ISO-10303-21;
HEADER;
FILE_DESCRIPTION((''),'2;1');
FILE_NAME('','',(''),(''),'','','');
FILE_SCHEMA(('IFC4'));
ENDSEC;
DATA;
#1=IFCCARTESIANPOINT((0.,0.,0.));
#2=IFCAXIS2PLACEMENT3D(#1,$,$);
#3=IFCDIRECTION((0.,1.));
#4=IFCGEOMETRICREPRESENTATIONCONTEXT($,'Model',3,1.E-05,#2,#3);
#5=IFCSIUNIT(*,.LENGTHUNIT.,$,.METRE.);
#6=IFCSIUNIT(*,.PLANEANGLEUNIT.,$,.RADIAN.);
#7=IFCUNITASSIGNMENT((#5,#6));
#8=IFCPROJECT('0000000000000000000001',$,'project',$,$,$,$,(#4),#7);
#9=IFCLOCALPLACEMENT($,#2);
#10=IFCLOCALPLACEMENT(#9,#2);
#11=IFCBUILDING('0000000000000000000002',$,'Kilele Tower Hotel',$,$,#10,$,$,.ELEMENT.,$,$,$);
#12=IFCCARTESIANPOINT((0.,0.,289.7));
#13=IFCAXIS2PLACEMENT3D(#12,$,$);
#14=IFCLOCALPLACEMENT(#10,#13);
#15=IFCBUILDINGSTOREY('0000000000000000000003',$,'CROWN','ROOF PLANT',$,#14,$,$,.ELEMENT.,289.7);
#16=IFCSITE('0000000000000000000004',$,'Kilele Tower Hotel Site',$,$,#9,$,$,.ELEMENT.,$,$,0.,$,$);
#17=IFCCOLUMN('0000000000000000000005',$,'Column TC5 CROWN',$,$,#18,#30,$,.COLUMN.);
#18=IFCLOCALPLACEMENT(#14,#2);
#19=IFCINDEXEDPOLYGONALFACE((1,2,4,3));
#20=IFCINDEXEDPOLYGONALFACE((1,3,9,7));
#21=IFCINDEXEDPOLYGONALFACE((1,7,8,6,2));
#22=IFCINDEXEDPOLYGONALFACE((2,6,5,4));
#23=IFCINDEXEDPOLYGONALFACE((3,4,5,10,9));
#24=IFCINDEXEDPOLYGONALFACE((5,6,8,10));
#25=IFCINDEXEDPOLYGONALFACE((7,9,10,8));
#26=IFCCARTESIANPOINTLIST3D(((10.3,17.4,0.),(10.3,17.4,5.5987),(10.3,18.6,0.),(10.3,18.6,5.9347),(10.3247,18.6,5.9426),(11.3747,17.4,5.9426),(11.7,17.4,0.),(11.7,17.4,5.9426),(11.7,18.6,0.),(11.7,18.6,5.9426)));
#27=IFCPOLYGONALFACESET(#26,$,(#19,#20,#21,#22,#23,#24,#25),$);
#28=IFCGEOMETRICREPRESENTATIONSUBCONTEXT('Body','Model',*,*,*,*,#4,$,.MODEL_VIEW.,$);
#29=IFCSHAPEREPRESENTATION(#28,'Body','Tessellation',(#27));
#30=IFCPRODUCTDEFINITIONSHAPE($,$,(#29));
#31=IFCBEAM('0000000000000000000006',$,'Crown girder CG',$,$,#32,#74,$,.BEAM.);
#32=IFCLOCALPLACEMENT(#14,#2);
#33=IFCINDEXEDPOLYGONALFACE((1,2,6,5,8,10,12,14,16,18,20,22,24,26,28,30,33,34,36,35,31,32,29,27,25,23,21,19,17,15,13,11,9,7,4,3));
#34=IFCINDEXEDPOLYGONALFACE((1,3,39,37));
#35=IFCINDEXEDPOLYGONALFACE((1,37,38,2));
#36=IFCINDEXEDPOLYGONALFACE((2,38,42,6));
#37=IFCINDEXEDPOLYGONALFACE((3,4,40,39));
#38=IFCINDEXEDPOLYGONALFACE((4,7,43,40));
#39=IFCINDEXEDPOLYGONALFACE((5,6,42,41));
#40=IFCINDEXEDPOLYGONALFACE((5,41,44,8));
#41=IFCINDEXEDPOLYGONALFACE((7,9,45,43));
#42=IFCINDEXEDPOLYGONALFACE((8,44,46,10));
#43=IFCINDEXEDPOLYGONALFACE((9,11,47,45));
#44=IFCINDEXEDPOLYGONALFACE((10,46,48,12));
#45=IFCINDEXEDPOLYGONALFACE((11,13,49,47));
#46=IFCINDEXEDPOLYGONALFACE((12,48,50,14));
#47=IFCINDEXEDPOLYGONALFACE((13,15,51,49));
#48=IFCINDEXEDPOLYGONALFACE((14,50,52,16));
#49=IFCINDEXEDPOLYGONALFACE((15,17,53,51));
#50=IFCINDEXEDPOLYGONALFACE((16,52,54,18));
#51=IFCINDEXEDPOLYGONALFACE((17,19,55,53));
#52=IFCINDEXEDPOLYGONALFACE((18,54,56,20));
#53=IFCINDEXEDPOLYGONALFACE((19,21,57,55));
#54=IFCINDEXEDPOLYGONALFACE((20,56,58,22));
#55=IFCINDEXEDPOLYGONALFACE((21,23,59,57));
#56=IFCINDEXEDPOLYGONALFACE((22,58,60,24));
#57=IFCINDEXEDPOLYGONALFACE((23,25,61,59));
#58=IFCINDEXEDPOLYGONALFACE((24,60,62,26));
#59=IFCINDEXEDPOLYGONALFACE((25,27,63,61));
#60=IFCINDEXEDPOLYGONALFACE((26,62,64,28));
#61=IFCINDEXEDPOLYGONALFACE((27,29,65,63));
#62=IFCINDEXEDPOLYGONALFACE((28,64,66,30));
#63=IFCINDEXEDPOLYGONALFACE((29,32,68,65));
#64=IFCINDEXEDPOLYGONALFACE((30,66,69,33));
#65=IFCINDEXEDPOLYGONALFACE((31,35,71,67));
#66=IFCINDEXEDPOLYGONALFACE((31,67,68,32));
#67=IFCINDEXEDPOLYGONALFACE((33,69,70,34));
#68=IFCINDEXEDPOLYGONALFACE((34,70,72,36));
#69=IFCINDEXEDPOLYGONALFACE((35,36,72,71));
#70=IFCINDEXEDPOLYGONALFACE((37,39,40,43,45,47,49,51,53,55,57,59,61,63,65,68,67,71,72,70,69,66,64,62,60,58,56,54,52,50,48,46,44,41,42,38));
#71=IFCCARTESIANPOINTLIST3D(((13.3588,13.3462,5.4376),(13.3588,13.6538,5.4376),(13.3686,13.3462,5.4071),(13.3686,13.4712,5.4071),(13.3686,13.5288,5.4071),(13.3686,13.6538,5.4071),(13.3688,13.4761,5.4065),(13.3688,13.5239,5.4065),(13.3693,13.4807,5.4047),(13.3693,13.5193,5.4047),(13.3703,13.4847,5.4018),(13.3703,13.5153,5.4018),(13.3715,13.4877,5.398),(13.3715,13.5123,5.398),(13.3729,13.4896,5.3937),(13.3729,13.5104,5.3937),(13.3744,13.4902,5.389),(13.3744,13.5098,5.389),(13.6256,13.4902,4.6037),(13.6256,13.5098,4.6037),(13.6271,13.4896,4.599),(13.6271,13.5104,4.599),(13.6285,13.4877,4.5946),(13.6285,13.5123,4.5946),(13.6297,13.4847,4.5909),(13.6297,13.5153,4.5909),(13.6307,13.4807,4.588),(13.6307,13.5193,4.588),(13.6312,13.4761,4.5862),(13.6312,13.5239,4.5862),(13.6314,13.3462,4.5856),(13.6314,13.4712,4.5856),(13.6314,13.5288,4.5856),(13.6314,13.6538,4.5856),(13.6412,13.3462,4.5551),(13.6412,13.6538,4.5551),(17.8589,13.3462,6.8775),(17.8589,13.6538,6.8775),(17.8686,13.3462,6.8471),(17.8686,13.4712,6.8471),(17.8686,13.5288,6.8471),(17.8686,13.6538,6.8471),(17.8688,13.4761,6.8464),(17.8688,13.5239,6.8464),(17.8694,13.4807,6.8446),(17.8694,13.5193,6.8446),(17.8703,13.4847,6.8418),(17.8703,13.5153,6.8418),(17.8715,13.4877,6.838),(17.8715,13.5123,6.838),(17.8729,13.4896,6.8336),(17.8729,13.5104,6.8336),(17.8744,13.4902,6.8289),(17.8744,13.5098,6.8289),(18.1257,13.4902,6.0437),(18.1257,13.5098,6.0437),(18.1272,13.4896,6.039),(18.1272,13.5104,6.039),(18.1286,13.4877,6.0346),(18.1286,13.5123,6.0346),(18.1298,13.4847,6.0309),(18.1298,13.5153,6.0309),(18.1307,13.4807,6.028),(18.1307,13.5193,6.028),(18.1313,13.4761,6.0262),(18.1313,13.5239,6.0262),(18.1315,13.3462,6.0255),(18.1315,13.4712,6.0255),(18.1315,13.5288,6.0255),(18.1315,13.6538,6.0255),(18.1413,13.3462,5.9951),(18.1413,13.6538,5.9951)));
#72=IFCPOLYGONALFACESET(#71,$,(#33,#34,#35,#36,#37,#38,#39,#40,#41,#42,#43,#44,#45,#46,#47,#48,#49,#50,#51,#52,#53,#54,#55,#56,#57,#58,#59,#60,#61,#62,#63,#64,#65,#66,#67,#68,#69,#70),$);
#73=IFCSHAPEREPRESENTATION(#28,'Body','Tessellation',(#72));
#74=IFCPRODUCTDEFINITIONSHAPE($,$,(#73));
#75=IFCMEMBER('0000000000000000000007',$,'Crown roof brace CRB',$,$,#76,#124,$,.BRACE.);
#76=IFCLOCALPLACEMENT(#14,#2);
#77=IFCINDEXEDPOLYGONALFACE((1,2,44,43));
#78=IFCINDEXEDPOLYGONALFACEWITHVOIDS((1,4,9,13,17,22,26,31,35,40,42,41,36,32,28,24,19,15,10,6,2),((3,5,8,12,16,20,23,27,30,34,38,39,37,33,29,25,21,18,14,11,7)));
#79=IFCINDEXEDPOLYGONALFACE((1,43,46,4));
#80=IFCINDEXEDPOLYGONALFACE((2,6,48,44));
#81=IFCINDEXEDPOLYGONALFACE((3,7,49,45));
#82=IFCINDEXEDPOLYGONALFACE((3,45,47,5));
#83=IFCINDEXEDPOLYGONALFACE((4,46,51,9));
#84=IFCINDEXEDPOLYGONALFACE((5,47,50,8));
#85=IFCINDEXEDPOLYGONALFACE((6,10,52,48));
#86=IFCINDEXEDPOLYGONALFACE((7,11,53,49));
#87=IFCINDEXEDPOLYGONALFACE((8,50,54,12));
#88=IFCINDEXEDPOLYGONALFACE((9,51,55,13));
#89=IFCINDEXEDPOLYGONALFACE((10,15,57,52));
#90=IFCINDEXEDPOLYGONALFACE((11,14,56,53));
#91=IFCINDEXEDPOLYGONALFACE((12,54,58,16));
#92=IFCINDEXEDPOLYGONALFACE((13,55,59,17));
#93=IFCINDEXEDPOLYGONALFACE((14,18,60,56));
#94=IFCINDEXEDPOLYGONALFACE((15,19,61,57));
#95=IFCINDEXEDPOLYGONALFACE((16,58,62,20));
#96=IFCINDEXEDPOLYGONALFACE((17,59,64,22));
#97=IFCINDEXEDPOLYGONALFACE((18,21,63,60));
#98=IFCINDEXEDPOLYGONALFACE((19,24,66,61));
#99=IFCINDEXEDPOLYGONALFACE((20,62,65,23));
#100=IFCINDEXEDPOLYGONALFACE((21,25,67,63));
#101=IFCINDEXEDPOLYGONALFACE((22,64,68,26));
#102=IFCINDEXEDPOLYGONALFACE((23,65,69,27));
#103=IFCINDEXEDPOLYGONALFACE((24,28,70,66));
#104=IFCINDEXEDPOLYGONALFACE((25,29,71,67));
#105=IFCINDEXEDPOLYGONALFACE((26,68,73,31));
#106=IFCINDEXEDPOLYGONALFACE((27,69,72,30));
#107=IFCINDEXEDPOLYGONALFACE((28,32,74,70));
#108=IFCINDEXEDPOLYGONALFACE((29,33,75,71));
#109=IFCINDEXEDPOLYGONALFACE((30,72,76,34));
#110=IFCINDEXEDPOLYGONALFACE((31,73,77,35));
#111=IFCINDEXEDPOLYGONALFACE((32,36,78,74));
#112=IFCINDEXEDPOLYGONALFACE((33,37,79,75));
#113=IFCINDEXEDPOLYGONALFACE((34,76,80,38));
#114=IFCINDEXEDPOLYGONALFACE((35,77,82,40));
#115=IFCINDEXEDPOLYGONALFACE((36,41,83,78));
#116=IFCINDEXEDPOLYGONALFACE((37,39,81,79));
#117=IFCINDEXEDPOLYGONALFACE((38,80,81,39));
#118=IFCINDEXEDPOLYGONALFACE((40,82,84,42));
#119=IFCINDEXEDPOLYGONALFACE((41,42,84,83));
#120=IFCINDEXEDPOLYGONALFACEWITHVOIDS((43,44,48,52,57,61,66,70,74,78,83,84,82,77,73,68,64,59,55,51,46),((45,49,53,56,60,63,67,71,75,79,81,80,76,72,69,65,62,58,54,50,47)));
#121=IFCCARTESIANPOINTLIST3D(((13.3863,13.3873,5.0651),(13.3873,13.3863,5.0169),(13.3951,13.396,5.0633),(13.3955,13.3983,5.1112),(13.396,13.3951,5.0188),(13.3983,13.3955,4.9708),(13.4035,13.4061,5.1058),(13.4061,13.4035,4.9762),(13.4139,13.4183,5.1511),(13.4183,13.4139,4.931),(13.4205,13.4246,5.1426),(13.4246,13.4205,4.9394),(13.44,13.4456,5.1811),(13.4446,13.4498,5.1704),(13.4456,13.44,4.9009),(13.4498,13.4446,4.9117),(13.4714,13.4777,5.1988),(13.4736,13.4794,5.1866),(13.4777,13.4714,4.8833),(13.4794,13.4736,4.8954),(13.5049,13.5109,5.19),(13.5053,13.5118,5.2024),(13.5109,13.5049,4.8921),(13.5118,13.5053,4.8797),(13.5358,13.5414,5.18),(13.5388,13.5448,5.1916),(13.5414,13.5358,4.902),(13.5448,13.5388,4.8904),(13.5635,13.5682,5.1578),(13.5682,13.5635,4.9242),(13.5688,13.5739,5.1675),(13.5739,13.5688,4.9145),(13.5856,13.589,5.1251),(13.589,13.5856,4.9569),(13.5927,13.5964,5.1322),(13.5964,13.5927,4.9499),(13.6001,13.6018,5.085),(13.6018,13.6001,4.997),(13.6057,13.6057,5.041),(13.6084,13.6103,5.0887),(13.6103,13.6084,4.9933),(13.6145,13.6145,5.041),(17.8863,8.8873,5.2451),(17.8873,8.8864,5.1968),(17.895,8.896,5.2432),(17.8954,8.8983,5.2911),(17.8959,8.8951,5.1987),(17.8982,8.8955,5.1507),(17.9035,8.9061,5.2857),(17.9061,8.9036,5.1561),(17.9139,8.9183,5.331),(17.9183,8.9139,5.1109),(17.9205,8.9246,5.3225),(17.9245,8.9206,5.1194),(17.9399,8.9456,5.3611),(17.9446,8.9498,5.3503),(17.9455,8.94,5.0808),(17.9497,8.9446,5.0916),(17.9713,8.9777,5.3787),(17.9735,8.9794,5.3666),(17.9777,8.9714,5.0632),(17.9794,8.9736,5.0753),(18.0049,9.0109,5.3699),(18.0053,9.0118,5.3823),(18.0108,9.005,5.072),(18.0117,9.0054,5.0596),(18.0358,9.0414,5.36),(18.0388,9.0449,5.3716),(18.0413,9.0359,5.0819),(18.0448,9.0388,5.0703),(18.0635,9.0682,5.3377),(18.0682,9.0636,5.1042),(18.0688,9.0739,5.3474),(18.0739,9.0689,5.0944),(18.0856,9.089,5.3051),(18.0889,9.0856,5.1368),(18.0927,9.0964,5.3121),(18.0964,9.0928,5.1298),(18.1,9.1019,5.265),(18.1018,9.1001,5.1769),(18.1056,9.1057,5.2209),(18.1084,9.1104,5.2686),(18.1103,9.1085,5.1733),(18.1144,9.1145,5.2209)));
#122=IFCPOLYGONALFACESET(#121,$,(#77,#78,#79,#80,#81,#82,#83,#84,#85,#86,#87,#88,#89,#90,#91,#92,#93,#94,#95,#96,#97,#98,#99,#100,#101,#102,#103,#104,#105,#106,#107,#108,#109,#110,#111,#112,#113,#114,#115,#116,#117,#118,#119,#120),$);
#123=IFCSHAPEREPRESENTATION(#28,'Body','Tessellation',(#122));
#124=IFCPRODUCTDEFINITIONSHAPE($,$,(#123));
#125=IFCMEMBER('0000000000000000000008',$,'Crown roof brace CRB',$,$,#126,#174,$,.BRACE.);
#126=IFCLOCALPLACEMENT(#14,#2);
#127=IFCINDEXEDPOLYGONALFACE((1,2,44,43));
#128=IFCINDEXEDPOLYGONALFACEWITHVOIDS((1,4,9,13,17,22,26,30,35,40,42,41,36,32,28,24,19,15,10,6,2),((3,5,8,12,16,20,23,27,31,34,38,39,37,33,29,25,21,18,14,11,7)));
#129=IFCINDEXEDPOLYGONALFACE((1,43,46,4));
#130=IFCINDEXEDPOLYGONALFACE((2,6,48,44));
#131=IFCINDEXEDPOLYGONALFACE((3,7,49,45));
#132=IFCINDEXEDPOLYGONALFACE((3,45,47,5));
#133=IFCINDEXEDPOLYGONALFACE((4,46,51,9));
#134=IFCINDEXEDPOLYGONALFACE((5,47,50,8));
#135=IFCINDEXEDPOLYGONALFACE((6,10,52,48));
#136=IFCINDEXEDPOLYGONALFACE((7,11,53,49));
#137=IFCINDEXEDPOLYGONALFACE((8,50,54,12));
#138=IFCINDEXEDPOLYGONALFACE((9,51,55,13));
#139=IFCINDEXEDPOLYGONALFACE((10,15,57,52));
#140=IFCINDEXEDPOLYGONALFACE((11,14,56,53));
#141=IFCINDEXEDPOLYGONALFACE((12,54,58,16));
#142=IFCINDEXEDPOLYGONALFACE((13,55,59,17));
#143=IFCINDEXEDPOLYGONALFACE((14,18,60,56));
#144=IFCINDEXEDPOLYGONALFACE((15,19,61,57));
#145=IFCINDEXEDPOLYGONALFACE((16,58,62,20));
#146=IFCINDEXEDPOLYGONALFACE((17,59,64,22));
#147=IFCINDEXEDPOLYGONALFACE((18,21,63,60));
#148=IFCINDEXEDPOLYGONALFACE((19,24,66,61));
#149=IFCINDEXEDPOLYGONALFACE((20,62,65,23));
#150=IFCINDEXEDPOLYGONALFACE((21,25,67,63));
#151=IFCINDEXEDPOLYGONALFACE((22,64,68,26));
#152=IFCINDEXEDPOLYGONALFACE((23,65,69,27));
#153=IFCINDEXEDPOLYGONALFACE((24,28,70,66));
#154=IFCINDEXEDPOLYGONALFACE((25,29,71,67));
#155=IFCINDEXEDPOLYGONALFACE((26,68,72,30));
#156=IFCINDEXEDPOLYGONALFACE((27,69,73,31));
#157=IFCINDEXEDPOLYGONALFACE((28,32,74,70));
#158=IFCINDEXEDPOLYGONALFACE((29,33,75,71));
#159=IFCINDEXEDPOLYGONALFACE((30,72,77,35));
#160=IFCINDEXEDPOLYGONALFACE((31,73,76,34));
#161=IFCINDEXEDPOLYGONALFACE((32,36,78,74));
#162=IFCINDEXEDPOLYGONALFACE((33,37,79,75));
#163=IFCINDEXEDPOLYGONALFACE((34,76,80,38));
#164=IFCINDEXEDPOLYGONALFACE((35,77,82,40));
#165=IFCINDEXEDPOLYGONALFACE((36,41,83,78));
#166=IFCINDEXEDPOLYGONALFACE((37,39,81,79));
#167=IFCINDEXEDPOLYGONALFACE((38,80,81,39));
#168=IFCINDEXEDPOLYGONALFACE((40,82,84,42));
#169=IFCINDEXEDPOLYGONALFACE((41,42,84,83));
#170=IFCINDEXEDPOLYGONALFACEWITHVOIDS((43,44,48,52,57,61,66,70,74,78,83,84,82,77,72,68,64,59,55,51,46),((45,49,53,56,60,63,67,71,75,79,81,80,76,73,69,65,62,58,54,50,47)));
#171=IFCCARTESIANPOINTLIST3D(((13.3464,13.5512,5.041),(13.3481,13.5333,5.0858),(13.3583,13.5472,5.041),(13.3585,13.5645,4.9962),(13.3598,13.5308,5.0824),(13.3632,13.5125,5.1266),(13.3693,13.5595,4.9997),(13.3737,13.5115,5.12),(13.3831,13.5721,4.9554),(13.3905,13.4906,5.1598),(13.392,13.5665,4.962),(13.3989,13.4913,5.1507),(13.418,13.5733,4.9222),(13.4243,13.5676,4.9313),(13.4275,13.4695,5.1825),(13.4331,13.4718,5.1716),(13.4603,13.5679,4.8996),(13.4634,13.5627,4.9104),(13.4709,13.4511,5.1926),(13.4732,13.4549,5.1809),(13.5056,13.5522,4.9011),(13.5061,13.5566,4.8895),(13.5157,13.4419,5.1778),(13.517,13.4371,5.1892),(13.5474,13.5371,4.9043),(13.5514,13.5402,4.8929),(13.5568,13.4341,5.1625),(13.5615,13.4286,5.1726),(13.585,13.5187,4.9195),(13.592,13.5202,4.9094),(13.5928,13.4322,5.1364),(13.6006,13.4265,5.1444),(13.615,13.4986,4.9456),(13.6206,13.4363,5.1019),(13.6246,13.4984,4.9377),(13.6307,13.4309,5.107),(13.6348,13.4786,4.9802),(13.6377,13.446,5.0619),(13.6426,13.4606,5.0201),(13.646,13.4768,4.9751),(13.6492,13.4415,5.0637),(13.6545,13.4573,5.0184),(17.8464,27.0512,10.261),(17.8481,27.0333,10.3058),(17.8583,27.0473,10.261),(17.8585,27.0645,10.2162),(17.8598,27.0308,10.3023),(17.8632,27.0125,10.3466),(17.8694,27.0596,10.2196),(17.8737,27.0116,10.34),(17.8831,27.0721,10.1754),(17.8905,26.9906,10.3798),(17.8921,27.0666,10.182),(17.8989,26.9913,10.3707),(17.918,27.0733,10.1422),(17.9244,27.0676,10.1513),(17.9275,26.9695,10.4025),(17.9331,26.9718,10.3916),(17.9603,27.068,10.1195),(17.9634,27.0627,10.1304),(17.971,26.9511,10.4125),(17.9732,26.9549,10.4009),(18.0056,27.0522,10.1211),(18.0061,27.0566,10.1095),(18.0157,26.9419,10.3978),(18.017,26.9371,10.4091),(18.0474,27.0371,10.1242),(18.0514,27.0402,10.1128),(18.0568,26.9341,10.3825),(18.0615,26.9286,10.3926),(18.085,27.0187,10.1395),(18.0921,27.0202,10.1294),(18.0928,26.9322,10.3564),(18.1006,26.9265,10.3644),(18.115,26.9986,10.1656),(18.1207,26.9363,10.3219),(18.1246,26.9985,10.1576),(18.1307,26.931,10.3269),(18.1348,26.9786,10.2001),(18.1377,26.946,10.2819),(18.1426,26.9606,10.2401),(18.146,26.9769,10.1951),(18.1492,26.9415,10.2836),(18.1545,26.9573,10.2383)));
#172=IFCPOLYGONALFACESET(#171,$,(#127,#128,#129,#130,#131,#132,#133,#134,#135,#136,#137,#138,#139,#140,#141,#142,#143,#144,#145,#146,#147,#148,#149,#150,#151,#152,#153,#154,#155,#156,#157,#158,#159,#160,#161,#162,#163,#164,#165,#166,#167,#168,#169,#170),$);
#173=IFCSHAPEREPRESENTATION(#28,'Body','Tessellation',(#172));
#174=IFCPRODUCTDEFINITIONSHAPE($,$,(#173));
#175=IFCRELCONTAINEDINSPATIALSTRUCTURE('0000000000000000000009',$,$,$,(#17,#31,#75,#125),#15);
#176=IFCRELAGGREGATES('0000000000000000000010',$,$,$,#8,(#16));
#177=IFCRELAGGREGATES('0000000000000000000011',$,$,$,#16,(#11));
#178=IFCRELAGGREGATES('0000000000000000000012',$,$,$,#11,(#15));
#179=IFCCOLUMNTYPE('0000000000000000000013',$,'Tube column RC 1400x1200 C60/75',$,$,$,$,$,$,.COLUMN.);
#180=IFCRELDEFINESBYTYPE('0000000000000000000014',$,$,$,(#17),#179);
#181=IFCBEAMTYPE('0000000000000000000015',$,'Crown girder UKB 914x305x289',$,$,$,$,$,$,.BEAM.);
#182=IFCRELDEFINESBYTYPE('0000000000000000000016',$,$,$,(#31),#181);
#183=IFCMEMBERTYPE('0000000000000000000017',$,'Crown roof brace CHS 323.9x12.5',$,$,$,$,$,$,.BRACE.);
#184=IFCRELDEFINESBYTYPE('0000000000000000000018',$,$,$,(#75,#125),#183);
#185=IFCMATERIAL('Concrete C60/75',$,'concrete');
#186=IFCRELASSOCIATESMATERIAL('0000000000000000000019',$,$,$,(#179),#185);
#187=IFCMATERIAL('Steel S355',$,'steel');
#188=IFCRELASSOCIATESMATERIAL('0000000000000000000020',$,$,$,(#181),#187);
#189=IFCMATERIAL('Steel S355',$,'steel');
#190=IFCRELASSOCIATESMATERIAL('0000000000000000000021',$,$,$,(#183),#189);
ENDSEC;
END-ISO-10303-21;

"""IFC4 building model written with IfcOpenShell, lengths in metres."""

from ifc_helpers import new_model, si_unit, direction, frame, origin, origin_2d, place, context, subcontext, project, spatial, rectangle, hollow_circle, i_section, extrude, clip, halfspace, material, material_profile, profile_set, type_object, element, save


model = new_model("IFC4")

# Units and contexts
model_context = context("Model", 3, precision=1e-05, world=origin(), true_north=direction((0.0, 1.0)))
body_context = subcontext(model_context, "Body", "Model", "MODEL_VIEW")
ifc_project = project(units=[si_unit("LENGTHUNIT", "METRE"), si_unit("PLANEANGLEUNIT", "RADIAN")], contexts=[model_context])

# Site, building, storey
site_placement = place(None, origin())
site = spatial("IfcSite", under=ifc_project, at=site_placement, Name="Kilele Tower Hotel Site", CompositionType="ELEMENT", RefElevation=0.0)
building_placement = place(site_placement, origin())
building = spatial("IfcBuilding", under=site, at=building_placement, Name="Kilele Tower Hotel", CompositionType="ELEMENT")
storey_placement = place(building_placement, frame((0.0, 0.0, 289.7)))
storey = spatial("IfcBuildingStorey", under=building, at=storey_placement, Name="CROWN", Description="ROOF PLANT", CompositionType="ELEMENT", Elevation=289.7)

# Column
ifc_material_1 = material(Name="Concrete C60/75", Category="concrete")
ifc_material_profile_1 = material_profile(ifc_material_1, rectangle(XDim=1.3999, YDim=1.2, at=origin_2d()))
ifc_profile_set_1 = profile_set([ifc_material_profile_1], Name="Concrete C60/75")
column_type = type_object("IfcColumnType", Name="Tube column RC 1400x1200 C60/75", PredefinedType="COLUMN", material=ifc_profile_set_1)
column_placement = place(storey_placement, frame((11.0, 18.0, 0.0), z_axis=(0.0, 0.0, 1.0), x_axis=(1.0, 0.0, 0.0)))
element("IfcColumn", 1, at=column_placement, inside=storey, type_object=column_type, Name="Column TC5 CROWN", PredefinedType="COLUMN", context=body_context, shape_type="Clipping", body=[
    clip(extrude(rectangle(XDim=1.3999, YDim=1.2, at=origin_2d()), origin(), (0.0, 0.0, 1.0), 5.9426), halfspace(frame((0.0, 0.0, 5.9907), z_axis=(-0.294484, -0.257674, 0.920263), x_axis=(0.952424, 0.0, 0.304776)), False)),
])

# Beam
ifc_material_2 = material(Name="Steel S355", Category="steel")
ifc_material_profile_2 = material_profile(ifc_material_2, i_section(OverallWidth=0.3076, OverallDepth=0.9265, WebThickness=0.0195, FlangeThickness=0.032, FilletRadius=0.019, at=origin_2d()))
ifc_profile_set_2 = profile_set([ifc_material_profile_2], Name="Steel S355")
beam_type_1 = type_object("IfcBeamType", Name="Crown girder UKB 914x305x289", PredefinedType="BEAM", material=ifc_profile_set_2)
beam_1_placement = place(storey_placement, frame((13.5, 13.5, 4.9963), z_axis=(0.952428, 0.0, 0.304764), x_axis=(0.0, 1.0, 0.0)))
element("IfcBeam", 2, at=beam_1_placement, inside=storey, type_object=beam_type_1, Name="Crown girder CG", PredefinedType="BEAM", context=body_context, shape_type="SweptSolid", body=[
    extrude(i_section(OverallWidth=0.3076, OverallDepth=0.9265, WebThickness=0.0195, FlangeThickness=0.032, FilletRadius=0.019, at=origin_2d()), origin(), (0.0, 0.0, 1.0), 4.7249),
])

# Members
ifc_material_3 = material(Name="Steel S355", Category="steel")
ifc_material_profile_3 = material_profile(ifc_material_3, hollow_circle(Radius=0.1619, WallThickness=0.0125, at=origin_2d()))
ifc_profile_set_3 = profile_set([ifc_material_profile_3], Name="Steel S355")
member_type_1 = type_object("IfcMemberType", Name="Crown roof brace CHS 323.9x12.5", PredefinedType="BRACE", material=ifc_profile_set_3)
member_1_placement = place(storey_placement, frame((13.5, 13.5, 5.041), z_axis=(0.706824, -0.706824, 0.028262), x_axis=(0.707107, 0.707107, 0.0)))
element("IfcMember", 3, at=member_1_placement, inside=storey, type_object=member_type_1, Name="Crown roof brace CRB", PredefinedType="BRACE", context=body_context, shape_type="SweptSolid", body=[
    extrude(hollow_circle(Radius=0.1619, WallThickness=0.0125, at=origin_2d()), origin(), (0.0, 0.0, 1.0), 6.3665),
])
member_2_placement = place(storey_placement, frame((13.5, 13.5, 5.041), z_axis=(0.296884, 0.890652, 0.344383), x_axis=(-0.948683, 0.316228, 0.0)))
element("IfcMember", 4, at=member_2_placement, inside=storey, type_object=member_type_1, Name="Crown roof brace CRB", PredefinedType="BRACE", context=body_context, shape_type="SweptSolid", body=[
    extrude(hollow_circle(Radius=0.1619, WallThickness=0.0125, at=origin_2d()), origin(), (0.0, 0.0, 1.0), 15.1575),
])

save(model, "model.ifc")
